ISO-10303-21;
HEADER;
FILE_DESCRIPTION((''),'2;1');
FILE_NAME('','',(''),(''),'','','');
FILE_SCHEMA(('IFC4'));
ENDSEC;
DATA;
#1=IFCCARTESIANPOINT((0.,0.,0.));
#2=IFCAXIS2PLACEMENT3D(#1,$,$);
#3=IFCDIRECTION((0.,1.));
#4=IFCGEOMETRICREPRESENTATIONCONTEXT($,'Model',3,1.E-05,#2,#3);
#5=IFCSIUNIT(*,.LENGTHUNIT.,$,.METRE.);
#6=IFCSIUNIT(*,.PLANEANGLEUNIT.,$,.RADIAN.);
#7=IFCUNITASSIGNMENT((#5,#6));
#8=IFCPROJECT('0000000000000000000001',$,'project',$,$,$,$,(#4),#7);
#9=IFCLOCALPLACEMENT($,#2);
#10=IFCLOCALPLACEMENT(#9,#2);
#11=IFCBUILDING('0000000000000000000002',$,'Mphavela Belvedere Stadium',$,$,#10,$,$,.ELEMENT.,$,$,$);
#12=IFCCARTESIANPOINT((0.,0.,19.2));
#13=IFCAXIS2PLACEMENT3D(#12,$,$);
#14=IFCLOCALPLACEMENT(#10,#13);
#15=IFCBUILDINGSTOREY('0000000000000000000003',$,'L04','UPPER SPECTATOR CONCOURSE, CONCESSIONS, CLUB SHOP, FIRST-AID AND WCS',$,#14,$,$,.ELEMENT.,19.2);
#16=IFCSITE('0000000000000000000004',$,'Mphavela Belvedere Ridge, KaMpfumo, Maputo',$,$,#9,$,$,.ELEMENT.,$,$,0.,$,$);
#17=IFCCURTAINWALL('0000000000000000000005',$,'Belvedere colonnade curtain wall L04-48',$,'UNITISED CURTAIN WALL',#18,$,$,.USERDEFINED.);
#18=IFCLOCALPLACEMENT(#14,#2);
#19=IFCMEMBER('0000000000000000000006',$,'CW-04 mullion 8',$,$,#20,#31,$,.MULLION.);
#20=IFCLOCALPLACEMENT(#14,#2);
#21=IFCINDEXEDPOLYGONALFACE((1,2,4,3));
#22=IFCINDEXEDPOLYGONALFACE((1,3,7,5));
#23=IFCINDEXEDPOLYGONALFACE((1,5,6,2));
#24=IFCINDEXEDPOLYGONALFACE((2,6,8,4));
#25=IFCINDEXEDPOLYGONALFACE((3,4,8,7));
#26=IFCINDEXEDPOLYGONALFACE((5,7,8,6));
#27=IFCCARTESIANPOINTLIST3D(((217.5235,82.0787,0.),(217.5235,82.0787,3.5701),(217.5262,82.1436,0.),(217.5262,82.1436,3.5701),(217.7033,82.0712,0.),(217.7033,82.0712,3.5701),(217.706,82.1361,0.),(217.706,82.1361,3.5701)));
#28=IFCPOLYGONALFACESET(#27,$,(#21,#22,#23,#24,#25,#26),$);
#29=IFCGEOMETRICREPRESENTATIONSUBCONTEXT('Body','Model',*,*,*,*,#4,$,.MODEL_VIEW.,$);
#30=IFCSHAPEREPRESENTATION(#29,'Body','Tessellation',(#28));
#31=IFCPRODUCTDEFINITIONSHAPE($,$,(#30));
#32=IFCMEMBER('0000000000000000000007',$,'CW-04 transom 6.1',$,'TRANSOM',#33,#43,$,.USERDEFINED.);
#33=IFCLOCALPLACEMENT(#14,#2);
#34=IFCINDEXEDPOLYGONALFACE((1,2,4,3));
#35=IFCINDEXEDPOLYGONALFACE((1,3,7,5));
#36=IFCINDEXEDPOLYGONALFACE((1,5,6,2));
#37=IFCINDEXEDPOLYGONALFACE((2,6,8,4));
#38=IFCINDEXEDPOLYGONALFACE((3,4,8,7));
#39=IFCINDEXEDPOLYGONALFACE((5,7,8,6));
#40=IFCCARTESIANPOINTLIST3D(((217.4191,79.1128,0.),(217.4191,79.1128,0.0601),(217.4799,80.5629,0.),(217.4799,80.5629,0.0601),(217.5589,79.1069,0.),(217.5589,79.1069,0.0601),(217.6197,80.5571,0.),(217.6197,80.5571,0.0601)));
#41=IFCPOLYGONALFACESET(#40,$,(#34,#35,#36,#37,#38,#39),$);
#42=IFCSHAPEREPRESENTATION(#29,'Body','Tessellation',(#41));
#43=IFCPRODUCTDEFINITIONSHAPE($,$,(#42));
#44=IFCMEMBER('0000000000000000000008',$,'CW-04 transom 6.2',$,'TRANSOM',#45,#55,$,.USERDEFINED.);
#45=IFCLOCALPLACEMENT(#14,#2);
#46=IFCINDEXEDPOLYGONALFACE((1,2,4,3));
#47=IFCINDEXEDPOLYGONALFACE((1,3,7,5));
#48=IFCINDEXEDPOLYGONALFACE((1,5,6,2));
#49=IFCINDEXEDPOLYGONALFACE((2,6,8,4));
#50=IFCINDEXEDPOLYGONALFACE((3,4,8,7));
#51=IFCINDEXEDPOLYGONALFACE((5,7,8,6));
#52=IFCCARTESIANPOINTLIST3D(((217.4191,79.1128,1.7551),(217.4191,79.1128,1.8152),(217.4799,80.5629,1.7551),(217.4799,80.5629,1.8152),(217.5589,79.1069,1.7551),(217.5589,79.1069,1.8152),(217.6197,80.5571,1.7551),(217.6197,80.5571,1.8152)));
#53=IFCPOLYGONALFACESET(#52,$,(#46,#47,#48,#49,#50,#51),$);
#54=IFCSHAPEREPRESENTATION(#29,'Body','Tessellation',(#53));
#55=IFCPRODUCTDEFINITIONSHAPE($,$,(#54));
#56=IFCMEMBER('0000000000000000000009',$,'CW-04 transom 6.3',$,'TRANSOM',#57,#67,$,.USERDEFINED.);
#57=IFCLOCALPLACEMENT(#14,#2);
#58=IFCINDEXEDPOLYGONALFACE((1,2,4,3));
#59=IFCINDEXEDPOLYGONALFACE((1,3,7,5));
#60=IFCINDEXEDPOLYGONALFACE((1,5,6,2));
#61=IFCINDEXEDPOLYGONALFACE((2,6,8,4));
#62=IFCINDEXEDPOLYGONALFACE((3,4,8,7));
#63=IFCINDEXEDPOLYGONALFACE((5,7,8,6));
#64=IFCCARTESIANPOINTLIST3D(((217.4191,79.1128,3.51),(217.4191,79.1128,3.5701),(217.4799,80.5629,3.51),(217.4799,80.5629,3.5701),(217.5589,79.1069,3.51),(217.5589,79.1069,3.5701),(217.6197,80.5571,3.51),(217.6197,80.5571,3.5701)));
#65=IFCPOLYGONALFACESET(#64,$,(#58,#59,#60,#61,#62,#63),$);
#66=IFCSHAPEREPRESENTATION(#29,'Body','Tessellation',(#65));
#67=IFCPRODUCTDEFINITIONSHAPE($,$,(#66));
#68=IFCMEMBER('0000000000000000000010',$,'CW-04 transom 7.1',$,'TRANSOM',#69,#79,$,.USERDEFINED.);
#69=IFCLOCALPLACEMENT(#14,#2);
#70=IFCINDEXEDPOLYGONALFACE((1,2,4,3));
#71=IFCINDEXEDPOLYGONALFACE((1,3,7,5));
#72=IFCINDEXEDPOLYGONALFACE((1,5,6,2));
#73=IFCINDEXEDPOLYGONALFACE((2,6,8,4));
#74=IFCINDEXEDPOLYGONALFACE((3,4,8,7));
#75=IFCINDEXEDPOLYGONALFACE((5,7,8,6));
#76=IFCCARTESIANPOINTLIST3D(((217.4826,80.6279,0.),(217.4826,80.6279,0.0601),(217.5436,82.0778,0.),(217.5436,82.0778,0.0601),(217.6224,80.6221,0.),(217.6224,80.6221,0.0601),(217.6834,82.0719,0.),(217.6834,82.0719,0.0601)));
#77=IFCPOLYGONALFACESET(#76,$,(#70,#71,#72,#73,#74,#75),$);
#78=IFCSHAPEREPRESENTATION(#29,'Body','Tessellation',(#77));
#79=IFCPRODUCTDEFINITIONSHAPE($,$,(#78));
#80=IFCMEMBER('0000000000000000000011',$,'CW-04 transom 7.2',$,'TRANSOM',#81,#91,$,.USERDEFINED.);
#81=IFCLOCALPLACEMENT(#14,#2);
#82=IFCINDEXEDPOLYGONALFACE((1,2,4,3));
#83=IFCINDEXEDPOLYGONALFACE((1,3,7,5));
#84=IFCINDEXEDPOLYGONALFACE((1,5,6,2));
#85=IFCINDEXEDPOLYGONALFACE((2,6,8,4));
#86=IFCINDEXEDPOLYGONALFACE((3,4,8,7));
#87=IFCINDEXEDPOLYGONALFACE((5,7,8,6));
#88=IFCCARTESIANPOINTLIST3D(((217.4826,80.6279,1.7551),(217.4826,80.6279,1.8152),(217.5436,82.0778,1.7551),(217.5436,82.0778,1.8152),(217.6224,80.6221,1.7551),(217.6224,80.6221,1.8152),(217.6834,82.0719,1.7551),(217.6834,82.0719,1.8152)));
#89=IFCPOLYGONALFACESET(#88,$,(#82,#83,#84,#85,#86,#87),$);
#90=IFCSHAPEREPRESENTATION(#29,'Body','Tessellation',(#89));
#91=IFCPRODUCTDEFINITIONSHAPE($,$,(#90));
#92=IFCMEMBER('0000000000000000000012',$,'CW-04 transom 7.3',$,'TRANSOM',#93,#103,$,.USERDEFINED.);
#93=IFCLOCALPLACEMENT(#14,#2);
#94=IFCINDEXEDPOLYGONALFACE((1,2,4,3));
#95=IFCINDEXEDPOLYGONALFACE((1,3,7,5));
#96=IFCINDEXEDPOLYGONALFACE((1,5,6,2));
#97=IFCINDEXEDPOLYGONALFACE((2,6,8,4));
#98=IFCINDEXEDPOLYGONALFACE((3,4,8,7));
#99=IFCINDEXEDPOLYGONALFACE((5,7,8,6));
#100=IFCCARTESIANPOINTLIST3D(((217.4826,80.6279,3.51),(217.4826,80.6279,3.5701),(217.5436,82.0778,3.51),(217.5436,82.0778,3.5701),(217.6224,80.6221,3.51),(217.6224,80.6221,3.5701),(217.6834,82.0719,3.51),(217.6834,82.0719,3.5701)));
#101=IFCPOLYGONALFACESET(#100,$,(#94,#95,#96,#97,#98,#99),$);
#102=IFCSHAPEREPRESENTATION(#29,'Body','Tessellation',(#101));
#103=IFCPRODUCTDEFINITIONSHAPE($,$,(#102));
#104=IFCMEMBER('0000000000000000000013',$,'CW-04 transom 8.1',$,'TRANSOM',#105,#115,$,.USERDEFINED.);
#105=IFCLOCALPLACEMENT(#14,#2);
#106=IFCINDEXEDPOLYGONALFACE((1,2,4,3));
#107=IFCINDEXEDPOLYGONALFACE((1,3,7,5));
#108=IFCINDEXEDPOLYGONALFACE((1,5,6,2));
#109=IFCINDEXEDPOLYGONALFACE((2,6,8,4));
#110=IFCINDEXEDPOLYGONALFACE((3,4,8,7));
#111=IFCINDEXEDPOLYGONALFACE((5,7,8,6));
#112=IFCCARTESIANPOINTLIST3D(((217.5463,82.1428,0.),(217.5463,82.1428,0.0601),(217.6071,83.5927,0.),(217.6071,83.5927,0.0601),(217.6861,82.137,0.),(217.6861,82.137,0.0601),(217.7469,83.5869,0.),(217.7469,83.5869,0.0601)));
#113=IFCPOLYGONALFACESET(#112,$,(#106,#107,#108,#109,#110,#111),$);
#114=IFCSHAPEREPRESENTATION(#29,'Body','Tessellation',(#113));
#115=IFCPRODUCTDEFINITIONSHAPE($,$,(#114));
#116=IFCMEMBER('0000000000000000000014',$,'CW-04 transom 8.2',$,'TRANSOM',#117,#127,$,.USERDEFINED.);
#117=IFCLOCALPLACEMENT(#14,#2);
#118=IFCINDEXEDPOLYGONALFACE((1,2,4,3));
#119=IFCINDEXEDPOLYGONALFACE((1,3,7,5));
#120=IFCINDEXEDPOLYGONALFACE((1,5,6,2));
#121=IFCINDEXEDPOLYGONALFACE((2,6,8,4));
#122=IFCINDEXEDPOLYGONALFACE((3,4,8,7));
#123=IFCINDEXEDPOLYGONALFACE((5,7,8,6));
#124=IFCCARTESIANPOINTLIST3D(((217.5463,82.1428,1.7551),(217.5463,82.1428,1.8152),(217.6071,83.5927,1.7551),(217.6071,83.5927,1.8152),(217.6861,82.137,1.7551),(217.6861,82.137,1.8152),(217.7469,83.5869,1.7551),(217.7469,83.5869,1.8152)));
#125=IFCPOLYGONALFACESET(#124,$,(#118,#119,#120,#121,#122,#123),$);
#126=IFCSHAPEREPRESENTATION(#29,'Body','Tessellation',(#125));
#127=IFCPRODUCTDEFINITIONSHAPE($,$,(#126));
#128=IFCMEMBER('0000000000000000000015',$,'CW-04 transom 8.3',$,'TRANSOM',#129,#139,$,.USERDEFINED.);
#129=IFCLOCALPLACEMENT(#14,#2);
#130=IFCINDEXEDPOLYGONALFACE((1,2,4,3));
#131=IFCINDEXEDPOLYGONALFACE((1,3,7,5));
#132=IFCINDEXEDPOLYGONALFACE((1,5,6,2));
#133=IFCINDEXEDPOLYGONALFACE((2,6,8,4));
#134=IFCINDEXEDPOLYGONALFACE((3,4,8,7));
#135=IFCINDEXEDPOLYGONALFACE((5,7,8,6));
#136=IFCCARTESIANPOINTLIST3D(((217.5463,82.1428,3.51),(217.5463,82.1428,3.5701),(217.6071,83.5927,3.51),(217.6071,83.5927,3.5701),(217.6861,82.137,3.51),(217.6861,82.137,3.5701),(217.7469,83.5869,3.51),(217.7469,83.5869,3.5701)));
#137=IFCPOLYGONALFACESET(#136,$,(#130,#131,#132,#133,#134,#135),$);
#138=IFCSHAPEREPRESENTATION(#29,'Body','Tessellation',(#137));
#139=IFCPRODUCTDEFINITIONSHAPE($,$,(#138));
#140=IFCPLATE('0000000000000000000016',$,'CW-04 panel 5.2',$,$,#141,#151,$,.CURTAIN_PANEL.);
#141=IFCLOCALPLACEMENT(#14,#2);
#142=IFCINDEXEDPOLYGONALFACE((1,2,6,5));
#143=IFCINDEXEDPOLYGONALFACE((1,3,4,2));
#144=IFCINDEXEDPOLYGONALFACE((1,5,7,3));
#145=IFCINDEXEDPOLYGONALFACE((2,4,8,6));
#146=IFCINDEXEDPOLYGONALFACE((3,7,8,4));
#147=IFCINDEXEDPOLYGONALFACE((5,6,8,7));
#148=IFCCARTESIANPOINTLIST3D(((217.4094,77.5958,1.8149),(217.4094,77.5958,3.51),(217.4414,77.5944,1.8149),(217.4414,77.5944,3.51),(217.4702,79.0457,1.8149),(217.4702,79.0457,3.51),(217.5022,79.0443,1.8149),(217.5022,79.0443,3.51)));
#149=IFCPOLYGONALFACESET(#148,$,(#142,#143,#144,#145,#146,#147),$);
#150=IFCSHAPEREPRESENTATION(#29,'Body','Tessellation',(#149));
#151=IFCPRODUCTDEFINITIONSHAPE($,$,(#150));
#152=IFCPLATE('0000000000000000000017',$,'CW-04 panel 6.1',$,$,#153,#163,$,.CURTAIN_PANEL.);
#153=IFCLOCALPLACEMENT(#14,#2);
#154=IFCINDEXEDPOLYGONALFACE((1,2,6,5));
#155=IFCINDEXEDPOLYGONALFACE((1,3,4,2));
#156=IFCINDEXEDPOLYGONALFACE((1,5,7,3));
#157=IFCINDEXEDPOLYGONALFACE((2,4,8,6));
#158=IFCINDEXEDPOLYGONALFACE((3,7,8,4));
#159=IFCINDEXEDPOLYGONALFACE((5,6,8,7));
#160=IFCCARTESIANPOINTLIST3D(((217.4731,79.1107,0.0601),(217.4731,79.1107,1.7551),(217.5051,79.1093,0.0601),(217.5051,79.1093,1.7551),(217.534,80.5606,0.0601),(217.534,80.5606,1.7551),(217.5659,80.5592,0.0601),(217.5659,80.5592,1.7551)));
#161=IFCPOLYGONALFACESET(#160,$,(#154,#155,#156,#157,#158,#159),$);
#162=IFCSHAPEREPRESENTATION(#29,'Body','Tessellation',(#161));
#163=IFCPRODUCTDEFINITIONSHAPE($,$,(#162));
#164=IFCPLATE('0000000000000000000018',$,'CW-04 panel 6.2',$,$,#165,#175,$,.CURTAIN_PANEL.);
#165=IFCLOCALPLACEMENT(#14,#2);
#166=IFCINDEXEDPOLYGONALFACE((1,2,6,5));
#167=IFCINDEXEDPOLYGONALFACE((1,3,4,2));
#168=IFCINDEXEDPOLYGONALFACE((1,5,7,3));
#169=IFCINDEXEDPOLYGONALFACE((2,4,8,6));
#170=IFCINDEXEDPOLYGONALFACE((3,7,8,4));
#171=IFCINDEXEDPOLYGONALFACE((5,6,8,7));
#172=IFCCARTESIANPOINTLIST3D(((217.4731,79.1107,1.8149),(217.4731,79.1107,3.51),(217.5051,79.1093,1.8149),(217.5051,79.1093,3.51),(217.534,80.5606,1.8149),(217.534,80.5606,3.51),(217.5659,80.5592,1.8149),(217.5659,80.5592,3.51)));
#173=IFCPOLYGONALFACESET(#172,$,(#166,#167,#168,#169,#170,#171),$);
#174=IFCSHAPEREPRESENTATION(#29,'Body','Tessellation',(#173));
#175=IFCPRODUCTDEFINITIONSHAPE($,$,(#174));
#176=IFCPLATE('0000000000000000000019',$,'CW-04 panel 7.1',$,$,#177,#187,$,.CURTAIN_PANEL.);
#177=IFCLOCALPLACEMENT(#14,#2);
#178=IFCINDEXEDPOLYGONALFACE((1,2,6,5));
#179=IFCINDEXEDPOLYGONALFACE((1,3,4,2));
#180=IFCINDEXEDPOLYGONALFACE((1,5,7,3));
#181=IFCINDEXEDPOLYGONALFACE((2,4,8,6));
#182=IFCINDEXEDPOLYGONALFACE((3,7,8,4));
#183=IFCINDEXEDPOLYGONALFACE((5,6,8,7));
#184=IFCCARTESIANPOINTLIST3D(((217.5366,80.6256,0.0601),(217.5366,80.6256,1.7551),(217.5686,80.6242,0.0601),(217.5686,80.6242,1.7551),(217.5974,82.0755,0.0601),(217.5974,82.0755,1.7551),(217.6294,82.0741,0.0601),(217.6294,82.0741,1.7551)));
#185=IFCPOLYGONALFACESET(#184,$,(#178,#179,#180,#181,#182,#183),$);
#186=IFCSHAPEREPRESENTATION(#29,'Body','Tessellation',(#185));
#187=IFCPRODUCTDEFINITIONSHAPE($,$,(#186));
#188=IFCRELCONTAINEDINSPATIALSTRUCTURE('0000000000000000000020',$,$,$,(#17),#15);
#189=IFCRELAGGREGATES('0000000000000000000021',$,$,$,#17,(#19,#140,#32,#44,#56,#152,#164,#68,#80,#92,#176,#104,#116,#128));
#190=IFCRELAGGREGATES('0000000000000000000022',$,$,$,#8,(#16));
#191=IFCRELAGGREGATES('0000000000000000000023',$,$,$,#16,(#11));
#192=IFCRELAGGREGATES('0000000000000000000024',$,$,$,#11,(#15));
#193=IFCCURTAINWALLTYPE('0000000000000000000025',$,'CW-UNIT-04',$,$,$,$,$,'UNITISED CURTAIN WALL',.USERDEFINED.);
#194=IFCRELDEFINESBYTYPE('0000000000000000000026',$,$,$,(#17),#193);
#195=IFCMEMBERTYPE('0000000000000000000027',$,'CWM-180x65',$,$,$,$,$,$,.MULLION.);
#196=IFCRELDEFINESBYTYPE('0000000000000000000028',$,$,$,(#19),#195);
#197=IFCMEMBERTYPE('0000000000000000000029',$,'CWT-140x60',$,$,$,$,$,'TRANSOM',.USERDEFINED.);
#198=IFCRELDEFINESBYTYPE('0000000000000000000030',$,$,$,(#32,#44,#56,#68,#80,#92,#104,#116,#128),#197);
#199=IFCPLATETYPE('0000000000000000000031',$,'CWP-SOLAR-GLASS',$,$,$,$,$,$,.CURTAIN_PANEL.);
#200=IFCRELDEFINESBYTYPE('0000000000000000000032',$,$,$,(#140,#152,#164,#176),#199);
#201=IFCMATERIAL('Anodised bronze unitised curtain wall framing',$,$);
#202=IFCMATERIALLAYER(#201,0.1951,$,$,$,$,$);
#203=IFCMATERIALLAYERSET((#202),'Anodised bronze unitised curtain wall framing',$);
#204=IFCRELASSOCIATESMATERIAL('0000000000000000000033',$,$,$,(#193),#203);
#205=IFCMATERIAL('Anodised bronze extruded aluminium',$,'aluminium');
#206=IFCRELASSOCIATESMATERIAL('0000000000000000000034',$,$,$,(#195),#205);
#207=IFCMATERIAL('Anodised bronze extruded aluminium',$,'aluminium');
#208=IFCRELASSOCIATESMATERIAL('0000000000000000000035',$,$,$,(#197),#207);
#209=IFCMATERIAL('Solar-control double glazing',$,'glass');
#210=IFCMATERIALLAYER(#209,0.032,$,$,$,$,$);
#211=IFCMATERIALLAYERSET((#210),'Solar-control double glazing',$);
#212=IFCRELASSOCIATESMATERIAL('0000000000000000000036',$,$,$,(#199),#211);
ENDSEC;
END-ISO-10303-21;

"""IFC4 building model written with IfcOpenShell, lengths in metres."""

from ifc_helpers import new_model, si_unit, direction, frame, origin, origin_2d, place, context, subcontext, project, spatial, rectangle, extrude, material, layer, layer_set, material_profile, profile_set, type_object, element, aggregate, save


model = new_model("IFC4")

# Units and contexts
model_context = context("Model", 3, precision=1e-05, world=origin(), true_north=direction((0.0, 1.0)))
body_context = subcontext(model_context, "Body", "Model", "MODEL_VIEW")
ifc_project = project(units=[si_unit("LENGTHUNIT", "METRE"), si_unit("PLANEANGLEUNIT", "RADIAN")], contexts=[model_context])

# Site, building, storey
site_placement = place(None, origin())
site = spatial("IfcSite", under=ifc_project, at=site_placement, Name="Mphavela Belvedere Ridge, KaMpfumo, Maputo", CompositionType="ELEMENT", RefElevation=0.0)
building_placement = place(site_placement, origin())
building = spatial("IfcBuilding", under=site, at=building_placement, Name="Mphavela Belvedere Stadium", CompositionType="ELEMENT")
storey_placement = place(building_placement, frame((0.0, 0.0, 19.2)))
storey = spatial("IfcBuildingStorey", under=building, at=storey_placement, Name="L04", Description="UPPER SPECTATOR CONCOURSE, CONCESSIONS, CLUB SHOP, FIRST-AID AND WCS", CompositionType="ELEMENT", Elevation=19.2)

# Curtain wall, members, plates
ifc_material_1 = material(Name="Anodised bronze unitised curtain wall framing")
ifc_layer_1 = layer(ifc_material_1, 0.1951)
ifc_layer_set_1 = layer_set([ifc_layer_1], Name="Anodised bronze unitised curtain wall framing")
curtain_wall_type = type_object("IfcCurtainWallType", Name="CW-UNIT-04", ElementType="UNITISED CURTAIN WALL", PredefinedType="USERDEFINED", material=ifc_layer_set_1)
curtain_wall_placement = place(storey_placement, origin())
curtain_wall = element("IfcCurtainWall", 1, at=curtain_wall_placement, inside=storey, type_object=curtain_wall_type, Name="Belvedere colonnade curtain wall L04-48", ObjectType="UNITISED CURTAIN WALL", PredefinedType="USERDEFINED")
ifc_material_2 = material(Name="Anodised bronze extruded aluminium", Category="aluminium")
ifc_material_profile_1 = material_profile(ifc_material_2, rectangle(XDim=0.1799, YDim=0.0649, at=origin_2d()), Name="CW-MUL 180x65")
ifc_profile_set_1 = profile_set([ifc_material_profile_1], Name="Anodised bronze extruded aluminium")
member_type_1 = type_object("IfcMemberType", Name="CWM-180x65", PredefinedType="MULLION", material=ifc_profile_set_1)
member_1_placement = place(storey_placement, frame((217.6147, 82.1074, 0.0), z_axis=(0.0, 0.0, 1.0), x_axis=(-0.999122, 0.041905, 0.0)))
member_1 = element("IfcMember", 2, at=member_1_placement, type_object=member_type_1, Name="CW-04 mullion 8", PredefinedType="MULLION", context=body_context, shape_type="SweptSolid", body=[
    extrude(rectangle(XDim=0.1799, YDim=0.0649, at=origin_2d()), origin(), (0.0, 0.0, 1.0), 3.5701),
])
ifc_material_3 = material(Name="Anodised bronze extruded aluminium", Category="aluminium")
ifc_material_profile_2 = material_profile(ifc_material_3, rectangle(XDim=0.1399, YDim=0.0601, at=origin_2d()), Name="CW-TRN 140x60")
ifc_profile_set_2 = profile_set([ifc_material_profile_2], Name="Anodised bronze extruded aluminium")
member_type_2 = type_object("IfcMemberType", Name="CWT-140x60", ElementType="TRANSOM", PredefinedType="USERDEFINED", material=ifc_profile_set_2)
member_2_placement = place(storey_placement, frame((217.489, 79.1099, 0.03), z_axis=(0.041882, 0.999123, 0.0), x_axis=(-0.999123, 0.041882, 0.0)))
member_2 = element("IfcMember", 3, at=member_2_placement, type_object=member_type_2, Name="CW-04 transom 6.1", ObjectType="TRANSOM", PredefinedType="USERDEFINED", context=body_context, shape_type="SweptSolid", body=[
    extrude(rectangle(XDim=0.1399, YDim=0.0601, at=origin_2d()), origin(), (0.0, 0.0, 1.0), 1.4514),
])
member_3_placement = place(storey_placement, frame((217.489, 79.1099, 1.7852), z_axis=(0.041882, 0.999123, 0.0), x_axis=(-0.999123, 0.041882, 0.0)))
member_3 = element("IfcMember", 4, at=member_3_placement, type_object=member_type_2, Name="CW-04 transom 6.2", ObjectType="TRANSOM", PredefinedType="USERDEFINED", context=body_context, shape_type="SweptSolid", body=[
    extrude(rectangle(XDim=0.1399, YDim=0.0601, at=origin_2d()), origin(), (0.0, 0.0, 1.0), 1.4514),
])
member_4_placement = place(storey_placement, frame((217.489, 79.1099, 3.54), z_axis=(0.041882, 0.999123, 0.0), x_axis=(-0.999123, 0.041882, 0.0)))
member_4 = element("IfcMember", 5, at=member_4_placement, type_object=member_type_2, Name="CW-04 transom 6.3", ObjectType="TRANSOM", PredefinedType="USERDEFINED", context=body_context, shape_type="SweptSolid", body=[
    extrude(rectangle(XDim=0.1399, YDim=0.0601, at=origin_2d()), origin(), (0.0, 0.0, 1.0), 1.4514),
])
member_5_placement = place(storey_placement, frame((217.5525, 80.625, 0.03), z_axis=(0.042057, 0.999115, 0.0), x_axis=(-0.999115, 0.042057, 0.0)))
member_5 = element("IfcMember", 6, at=member_5_placement, type_object=member_type_2, Name="CW-04 transom 7.1", ObjectType="TRANSOM", PredefinedType="USERDEFINED", context=body_context, shape_type="SweptSolid", body=[
    extrude(rectangle(XDim=0.1399, YDim=0.0601, at=origin_2d()), origin(), (0.0, 0.0, 1.0), 1.4512),
])
member_6_placement = place(storey_placement, frame((217.5525, 80.625, 1.7852), z_axis=(0.042057, 0.999115, 0.0), x_axis=(-0.999115, 0.042057, 0.0)))
member_6 = element("IfcMember", 7, at=member_6_placement, type_object=member_type_2, Name="CW-04 transom 7.2", ObjectType="TRANSOM", PredefinedType="USERDEFINED", context=body_context, shape_type="SweptSolid", body=[
    extrude(rectangle(XDim=0.1399, YDim=0.0601, at=origin_2d()), origin(), (0.0, 0.0, 1.0), 1.4512),
])
member_7_placement = place(storey_placement, frame((217.5525, 80.625, 3.54), z_axis=(0.042057, 0.999115, 0.0), x_axis=(-0.999115, 0.042057, 0.0)))
member_7 = element("IfcMember", 8, at=member_7_placement, type_object=member_type_2, Name="CW-04 transom 7.3", ObjectType="TRANSOM", PredefinedType="USERDEFINED", context=body_context, shape_type="SweptSolid", body=[
    extrude(rectangle(XDim=0.1399, YDim=0.0601, at=origin_2d()), origin(), (0.0, 0.0, 1.0), 1.4512),
])
member_8_placement = place(storey_placement, frame((217.6162, 82.1399, 0.03), z_axis=(0.041889, 0.999122, 0.0), x_axis=(-0.999122, 0.041889, 0.0)))
member_8 = element("IfcMember", 9, at=member_8_placement, type_object=member_type_2, Name="CW-04 transom 8.1", ObjectType="TRANSOM", PredefinedType="USERDEFINED", context=body_context, shape_type="SweptSolid", body=[
    extrude(rectangle(XDim=0.1399, YDim=0.0601, at=origin_2d()), origin(), (0.0, 0.0, 1.0), 1.4512),
])
member_9_placement = place(storey_placement, frame((217.6162, 82.1399, 1.7852), z_axis=(0.041889, 0.999122, 0.0), x_axis=(-0.999122, 0.041889, 0.0)))
member_9 = element("IfcMember", 10, at=member_9_placement, type_object=member_type_2, Name="CW-04 transom 8.2", ObjectType="TRANSOM", PredefinedType="USERDEFINED", context=body_context, shape_type="SweptSolid", body=[
    extrude(rectangle(XDim=0.1399, YDim=0.0601, at=origin_2d()), origin(), (0.0, 0.0, 1.0), 1.4512),
])
member_10_placement = place(storey_placement, frame((217.6162, 82.1399, 3.54), z_axis=(0.041889, 0.999122, 0.0), x_axis=(-0.999122, 0.041889, 0.0)))
member_10 = element("IfcMember", 11, at=member_10_placement, type_object=member_type_2, Name="CW-04 transom 8.3", ObjectType="TRANSOM", PredefinedType="USERDEFINED", context=body_context, shape_type="SweptSolid", body=[
    extrude(rectangle(XDim=0.1399, YDim=0.0601, at=origin_2d()), origin(), (0.0, 0.0, 1.0), 1.4512),
])
ifc_material_4 = material(Name="Solar-control double glazing", Category="glass")
ifc_layer_2 = layer(ifc_material_4, 0.032)
ifc_layer_set_2 = layer_set([ifc_layer_2], Name="Solar-control double glazing")
plate_type = type_object("IfcPlateType", Name="CWP-SOLAR-GLASS", PredefinedType="CURTAIN_PANEL", material=ifc_layer_set_2)
plate_1_placement = place(storey_placement, frame((217.4558, 78.3201, 1.8149), z_axis=(0.0, 0.0, 1.0), x_axis=(0.041905, 0.999122, 0.0)))
plate_1 = element("IfcPlate", 12, at=plate_1_placement, type_object=plate_type, Name="CW-04 panel 5.2", PredefinedType="CURTAIN_PANEL", context=body_context, shape_type="SweptSolid", body=[
    extrude(rectangle(XDim=1.4512, YDim=0.032, at=origin_2d()), origin(), (0.0, 0.0, 1.0), 1.6951),
])
plate_2_placement = place(storey_placement, frame((217.5195, 79.835, 0.0601), z_axis=(0.0, 0.0, 1.0), x_axis=(0.041905, 0.999122, 0.0)))
plate_2 = element("IfcPlate", 13, at=plate_2_placement, type_object=plate_type, Name="CW-04 panel 6.1", PredefinedType="CURTAIN_PANEL", context=body_context, shape_type="SweptSolid", body=[
    extrude(rectangle(XDim=1.4512, YDim=0.032, at=origin_2d()), origin(), (0.0, 0.0, 1.0), 1.6951),
])
plate_3_placement = place(storey_placement, frame((217.5195, 79.835, 1.8149), z_axis=(0.0, 0.0, 1.0), x_axis=(0.041905, 0.999122, 0.0)))
plate_3 = element("IfcPlate", 14, at=plate_3_placement, type_object=plate_type, Name="CW-04 panel 6.2", PredefinedType="CURTAIN_PANEL", context=body_context, shape_type="SweptSolid", body=[
    extrude(rectangle(XDim=1.4512, YDim=0.032, at=origin_2d()), origin(), (0.0, 0.0, 1.0), 1.6951),
])
plate_4_placement = place(storey_placement, frame((217.583, 81.3499, 0.0601), z_axis=(0.0, 0.0, 1.0), x_axis=(0.041905, 0.999122, 0.0)))
plate_4 = element("IfcPlate", 15, at=plate_4_placement, type_object=plate_type, Name="CW-04 panel 7.1", PredefinedType="CURTAIN_PANEL", context=body_context, shape_type="SweptSolid", body=[
    extrude(rectangle(XDim=1.4512, YDim=0.032, at=origin_2d()), origin(), (0.0, 0.0, 1.0), 1.6951),
])
aggregate(curtain_wall, [member_1, plate_1, member_2, member_3, member_4, plate_2, plate_3, member_5, member_6, member_7, plate_4, member_8, member_9, member_10])

save(model, "model.ifc")
